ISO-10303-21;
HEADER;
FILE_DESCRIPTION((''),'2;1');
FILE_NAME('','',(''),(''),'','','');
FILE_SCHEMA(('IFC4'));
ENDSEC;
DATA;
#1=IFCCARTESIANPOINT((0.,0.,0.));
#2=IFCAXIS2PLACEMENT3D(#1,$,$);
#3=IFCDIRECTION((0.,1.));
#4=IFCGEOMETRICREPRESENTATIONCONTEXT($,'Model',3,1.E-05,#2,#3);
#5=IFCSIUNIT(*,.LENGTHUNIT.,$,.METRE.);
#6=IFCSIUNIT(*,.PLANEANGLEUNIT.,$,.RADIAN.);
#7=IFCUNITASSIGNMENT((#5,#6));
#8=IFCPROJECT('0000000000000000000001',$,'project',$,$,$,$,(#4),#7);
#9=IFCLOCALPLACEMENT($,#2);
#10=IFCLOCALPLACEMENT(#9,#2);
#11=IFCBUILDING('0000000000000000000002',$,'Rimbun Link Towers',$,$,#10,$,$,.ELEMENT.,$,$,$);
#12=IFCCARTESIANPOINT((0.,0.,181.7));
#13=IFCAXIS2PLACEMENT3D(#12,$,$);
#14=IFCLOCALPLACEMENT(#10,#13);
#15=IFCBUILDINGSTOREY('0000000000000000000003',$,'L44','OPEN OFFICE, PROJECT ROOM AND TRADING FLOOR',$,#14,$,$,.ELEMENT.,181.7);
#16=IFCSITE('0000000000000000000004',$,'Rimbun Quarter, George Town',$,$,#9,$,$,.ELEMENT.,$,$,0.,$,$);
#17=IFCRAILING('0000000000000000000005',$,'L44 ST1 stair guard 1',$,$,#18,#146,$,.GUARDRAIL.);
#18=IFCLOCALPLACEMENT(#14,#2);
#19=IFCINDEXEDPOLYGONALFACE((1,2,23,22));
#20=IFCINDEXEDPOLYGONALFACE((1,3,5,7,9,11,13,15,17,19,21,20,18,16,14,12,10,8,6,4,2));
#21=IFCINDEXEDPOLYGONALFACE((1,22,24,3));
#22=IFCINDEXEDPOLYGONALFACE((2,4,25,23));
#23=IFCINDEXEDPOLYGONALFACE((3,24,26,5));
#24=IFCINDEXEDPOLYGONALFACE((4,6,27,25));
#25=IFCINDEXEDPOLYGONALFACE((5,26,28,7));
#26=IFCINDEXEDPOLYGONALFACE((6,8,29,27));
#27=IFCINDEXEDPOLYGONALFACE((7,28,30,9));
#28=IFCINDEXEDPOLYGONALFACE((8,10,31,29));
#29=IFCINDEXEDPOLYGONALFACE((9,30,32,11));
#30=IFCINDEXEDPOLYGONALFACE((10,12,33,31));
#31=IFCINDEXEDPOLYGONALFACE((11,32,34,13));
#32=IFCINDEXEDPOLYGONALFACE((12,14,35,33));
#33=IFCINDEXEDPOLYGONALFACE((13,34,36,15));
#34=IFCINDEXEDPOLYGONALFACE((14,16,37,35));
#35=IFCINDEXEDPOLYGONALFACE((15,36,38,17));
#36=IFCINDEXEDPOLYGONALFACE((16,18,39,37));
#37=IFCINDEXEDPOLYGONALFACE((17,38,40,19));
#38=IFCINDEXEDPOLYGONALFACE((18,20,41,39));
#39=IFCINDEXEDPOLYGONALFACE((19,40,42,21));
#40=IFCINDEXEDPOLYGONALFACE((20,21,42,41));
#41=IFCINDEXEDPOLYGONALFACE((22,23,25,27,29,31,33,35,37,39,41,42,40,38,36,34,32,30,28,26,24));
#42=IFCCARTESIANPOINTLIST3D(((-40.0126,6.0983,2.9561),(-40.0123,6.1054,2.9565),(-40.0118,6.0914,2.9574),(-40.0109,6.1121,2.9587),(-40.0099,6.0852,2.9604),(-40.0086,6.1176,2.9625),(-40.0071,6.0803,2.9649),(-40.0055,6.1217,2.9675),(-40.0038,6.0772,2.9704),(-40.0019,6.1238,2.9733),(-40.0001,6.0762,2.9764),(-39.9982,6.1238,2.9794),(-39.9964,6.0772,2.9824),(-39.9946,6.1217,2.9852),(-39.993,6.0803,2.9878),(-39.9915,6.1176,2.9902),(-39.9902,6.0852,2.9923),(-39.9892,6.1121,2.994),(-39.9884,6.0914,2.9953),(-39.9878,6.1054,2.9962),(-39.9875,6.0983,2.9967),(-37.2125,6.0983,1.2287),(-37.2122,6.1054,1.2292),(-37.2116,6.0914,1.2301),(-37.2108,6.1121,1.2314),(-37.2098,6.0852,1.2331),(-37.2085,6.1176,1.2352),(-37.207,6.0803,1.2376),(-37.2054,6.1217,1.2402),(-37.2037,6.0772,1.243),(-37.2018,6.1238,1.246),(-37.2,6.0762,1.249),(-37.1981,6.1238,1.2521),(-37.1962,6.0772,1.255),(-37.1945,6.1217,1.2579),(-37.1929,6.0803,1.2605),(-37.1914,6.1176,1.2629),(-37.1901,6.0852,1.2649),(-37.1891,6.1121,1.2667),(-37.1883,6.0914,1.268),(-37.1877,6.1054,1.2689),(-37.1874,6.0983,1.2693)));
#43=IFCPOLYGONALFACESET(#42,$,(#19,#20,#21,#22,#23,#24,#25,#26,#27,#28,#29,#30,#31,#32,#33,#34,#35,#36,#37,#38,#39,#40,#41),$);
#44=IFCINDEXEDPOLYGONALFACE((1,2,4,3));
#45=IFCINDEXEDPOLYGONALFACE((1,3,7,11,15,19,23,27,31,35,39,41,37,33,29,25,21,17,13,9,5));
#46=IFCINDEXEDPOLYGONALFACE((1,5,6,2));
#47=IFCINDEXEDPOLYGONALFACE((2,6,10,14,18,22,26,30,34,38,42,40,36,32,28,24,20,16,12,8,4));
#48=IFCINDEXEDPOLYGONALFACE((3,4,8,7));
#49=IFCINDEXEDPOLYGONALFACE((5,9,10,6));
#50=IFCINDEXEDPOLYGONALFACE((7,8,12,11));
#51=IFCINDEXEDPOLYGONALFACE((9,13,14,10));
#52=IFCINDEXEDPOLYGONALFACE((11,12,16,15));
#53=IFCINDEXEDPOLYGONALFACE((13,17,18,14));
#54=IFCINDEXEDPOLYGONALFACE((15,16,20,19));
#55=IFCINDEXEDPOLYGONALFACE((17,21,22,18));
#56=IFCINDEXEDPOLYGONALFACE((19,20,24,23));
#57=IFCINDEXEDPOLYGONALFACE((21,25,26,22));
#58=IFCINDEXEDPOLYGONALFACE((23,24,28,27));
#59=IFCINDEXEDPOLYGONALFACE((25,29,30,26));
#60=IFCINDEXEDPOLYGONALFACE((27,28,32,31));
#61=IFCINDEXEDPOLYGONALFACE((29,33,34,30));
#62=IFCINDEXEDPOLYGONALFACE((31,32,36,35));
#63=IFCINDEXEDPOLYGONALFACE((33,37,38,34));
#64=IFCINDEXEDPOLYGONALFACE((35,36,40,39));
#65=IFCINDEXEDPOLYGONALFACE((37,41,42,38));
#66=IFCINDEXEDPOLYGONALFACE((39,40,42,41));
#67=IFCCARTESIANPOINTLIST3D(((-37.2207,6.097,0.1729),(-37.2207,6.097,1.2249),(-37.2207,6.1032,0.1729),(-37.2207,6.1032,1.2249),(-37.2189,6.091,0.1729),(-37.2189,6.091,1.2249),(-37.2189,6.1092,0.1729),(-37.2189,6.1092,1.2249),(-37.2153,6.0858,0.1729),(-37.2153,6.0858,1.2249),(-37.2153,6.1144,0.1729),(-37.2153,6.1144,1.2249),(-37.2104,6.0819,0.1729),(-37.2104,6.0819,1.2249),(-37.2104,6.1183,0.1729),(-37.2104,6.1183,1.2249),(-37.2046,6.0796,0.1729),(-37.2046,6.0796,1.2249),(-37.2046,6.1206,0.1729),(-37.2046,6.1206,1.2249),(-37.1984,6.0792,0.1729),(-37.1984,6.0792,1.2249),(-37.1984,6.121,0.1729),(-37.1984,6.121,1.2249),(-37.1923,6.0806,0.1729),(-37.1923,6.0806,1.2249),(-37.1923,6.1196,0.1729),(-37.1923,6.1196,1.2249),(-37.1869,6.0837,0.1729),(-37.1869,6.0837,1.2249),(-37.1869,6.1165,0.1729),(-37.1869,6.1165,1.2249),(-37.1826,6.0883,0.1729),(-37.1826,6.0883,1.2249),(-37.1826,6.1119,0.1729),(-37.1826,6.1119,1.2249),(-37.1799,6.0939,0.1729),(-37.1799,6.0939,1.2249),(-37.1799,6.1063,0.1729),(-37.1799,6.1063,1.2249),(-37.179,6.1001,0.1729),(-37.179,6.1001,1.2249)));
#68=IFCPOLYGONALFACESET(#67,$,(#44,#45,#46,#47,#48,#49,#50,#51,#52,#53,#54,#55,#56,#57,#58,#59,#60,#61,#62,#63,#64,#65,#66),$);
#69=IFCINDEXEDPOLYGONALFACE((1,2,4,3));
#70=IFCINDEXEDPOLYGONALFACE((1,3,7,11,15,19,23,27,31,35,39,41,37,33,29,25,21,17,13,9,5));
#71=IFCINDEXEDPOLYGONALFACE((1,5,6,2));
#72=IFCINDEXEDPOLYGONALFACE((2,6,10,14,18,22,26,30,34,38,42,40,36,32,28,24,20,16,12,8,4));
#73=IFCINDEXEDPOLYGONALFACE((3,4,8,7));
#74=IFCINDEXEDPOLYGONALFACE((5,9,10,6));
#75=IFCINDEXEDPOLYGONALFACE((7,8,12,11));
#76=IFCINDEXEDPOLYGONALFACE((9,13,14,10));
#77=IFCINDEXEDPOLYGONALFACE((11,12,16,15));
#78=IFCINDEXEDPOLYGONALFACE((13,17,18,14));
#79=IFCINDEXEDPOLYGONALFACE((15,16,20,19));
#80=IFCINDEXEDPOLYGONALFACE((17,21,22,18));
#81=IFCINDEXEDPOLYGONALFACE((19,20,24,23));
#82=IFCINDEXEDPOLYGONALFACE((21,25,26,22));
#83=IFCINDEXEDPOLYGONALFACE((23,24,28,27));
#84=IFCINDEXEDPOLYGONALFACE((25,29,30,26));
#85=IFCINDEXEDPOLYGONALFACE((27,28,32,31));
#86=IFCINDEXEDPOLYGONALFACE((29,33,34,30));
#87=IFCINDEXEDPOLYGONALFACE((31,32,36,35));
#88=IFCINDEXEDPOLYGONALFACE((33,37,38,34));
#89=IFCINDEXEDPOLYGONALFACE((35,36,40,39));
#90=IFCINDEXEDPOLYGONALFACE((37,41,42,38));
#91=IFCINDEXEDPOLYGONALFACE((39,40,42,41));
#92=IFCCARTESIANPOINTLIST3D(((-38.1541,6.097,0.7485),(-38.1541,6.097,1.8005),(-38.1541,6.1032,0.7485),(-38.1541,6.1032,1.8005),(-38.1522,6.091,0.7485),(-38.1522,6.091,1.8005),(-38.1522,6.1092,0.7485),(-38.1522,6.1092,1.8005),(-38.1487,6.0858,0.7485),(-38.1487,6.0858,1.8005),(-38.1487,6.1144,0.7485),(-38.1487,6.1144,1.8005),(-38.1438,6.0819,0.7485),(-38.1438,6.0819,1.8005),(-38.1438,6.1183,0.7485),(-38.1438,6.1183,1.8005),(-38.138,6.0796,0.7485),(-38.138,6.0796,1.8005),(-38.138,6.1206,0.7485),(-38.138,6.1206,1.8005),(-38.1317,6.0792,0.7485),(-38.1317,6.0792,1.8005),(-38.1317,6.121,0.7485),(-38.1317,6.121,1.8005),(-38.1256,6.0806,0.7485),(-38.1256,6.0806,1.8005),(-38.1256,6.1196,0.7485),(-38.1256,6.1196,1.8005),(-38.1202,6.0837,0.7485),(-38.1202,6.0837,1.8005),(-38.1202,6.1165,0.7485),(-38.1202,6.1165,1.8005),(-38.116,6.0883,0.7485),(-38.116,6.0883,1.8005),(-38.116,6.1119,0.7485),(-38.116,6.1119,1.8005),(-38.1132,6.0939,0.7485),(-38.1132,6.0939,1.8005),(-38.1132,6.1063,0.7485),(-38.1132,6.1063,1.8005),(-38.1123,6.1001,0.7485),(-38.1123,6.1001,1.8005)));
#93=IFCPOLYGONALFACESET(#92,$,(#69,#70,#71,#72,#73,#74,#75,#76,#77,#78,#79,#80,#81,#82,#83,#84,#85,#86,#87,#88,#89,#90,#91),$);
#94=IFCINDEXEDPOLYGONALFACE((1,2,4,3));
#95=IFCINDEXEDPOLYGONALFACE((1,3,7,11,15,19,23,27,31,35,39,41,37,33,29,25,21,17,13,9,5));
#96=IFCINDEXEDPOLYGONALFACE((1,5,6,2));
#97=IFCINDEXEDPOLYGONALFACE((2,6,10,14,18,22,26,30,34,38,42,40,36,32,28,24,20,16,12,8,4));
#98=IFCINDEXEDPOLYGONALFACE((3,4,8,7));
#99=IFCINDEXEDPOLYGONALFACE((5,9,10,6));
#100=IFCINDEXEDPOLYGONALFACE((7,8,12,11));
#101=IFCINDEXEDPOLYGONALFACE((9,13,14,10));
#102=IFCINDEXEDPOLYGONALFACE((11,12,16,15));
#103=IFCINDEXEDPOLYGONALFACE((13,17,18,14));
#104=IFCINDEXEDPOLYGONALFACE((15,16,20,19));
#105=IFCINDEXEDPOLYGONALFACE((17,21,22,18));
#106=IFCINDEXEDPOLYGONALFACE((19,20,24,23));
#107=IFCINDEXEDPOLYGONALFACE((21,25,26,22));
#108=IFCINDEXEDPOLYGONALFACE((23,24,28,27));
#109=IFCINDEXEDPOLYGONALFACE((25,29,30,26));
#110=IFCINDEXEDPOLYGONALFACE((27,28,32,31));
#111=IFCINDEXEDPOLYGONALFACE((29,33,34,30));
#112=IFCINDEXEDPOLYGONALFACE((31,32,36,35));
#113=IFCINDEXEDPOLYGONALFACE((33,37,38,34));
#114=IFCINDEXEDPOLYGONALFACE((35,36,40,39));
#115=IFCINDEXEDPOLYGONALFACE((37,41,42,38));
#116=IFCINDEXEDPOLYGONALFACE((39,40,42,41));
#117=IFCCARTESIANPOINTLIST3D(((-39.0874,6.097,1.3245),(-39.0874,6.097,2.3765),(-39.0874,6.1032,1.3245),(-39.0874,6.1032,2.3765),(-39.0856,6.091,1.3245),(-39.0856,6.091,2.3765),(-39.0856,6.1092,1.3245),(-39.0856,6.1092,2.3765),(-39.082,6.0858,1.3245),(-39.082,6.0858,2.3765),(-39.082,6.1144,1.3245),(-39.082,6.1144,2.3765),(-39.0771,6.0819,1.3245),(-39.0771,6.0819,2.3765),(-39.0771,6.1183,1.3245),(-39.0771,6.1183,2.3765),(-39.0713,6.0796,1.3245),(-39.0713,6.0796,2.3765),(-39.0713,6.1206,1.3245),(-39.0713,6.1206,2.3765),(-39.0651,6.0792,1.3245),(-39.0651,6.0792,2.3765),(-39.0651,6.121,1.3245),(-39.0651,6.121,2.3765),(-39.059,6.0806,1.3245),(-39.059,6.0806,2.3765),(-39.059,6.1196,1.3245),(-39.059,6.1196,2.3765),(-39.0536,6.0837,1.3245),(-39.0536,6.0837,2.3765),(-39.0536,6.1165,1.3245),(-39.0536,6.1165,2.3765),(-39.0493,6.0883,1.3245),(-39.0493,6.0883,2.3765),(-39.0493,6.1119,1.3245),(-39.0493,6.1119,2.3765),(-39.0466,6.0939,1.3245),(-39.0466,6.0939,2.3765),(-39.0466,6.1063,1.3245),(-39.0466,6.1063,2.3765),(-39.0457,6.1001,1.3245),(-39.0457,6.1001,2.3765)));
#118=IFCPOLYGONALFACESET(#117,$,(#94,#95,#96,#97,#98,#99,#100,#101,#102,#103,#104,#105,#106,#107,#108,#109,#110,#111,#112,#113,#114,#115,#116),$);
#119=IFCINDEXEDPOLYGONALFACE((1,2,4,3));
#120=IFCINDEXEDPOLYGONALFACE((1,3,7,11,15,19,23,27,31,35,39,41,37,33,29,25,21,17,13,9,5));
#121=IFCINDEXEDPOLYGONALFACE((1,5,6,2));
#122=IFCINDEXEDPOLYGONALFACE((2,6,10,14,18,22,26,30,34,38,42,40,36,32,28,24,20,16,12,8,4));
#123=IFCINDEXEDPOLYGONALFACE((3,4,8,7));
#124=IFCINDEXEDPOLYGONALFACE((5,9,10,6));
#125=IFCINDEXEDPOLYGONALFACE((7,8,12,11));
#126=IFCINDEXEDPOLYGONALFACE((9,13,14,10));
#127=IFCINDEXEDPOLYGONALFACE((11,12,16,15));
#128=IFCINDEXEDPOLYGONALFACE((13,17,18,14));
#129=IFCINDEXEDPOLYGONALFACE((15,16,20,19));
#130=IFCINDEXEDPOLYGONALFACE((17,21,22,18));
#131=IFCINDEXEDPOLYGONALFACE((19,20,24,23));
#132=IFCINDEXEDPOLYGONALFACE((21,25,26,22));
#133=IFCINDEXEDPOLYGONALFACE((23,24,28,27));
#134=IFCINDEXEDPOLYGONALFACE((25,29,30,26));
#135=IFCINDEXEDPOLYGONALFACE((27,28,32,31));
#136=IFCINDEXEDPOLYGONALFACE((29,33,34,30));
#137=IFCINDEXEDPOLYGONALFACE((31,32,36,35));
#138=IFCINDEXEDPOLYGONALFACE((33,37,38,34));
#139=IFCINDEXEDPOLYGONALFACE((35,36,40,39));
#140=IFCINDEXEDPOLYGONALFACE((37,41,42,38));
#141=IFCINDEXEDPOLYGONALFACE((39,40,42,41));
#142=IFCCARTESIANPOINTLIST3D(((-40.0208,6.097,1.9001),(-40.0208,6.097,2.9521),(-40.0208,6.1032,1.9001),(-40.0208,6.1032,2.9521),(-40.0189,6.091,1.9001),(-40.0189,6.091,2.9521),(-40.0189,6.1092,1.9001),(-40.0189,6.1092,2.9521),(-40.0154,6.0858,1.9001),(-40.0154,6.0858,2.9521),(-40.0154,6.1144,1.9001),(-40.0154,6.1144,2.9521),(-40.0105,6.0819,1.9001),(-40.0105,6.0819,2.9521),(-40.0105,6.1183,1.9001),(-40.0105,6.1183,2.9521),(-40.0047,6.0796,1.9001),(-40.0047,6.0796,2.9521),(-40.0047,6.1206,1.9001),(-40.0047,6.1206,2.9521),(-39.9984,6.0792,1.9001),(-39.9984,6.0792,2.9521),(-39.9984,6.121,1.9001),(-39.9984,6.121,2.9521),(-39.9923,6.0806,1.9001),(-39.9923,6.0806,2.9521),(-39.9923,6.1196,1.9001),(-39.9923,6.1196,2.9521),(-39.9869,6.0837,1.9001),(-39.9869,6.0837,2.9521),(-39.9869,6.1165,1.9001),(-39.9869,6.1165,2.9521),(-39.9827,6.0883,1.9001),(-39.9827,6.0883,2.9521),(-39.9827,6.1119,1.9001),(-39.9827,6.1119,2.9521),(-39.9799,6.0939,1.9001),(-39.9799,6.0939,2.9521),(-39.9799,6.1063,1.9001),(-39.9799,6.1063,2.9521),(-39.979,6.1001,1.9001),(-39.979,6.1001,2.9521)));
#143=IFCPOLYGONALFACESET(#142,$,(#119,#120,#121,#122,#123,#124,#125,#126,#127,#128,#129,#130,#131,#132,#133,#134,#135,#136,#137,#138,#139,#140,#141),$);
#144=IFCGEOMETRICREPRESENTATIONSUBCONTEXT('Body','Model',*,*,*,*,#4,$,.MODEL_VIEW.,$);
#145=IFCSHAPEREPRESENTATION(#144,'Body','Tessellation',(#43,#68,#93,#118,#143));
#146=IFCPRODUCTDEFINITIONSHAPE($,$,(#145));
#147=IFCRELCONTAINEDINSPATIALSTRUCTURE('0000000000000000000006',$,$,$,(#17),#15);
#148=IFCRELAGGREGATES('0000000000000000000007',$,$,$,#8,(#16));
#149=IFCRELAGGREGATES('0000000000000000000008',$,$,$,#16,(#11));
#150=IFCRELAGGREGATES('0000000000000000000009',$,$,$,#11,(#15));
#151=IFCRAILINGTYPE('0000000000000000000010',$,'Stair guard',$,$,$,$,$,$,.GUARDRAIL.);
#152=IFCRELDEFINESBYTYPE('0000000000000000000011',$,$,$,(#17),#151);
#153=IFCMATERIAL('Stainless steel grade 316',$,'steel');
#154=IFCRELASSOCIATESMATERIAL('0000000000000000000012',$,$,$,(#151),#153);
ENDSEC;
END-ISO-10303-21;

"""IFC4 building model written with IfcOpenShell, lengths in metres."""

from ifc_helpers import new_model, si_unit, direction, frame, origin, origin_2d, place, context, subcontext, project, spatial, circle, extrude, material, type_object, element, save


model = new_model("IFC4")

# Units and contexts
model_context = context("Model", 3, precision=1e-05, world=origin(), true_north=direction((0.0, 1.0)))
body_context = subcontext(model_context, "Body", "Model", "MODEL_VIEW")
ifc_project = project(units=[si_unit("LENGTHUNIT", "METRE"), si_unit("PLANEANGLEUNIT", "RADIAN")], contexts=[model_context])

# Site, building, storey
site_placement = place(None, origin())
site = spatial("IfcSite", under=ifc_project, at=site_placement, Name="Rimbun Quarter, George Town", CompositionType="ELEMENT", RefElevation=0.0)
building_placement = place(site_placement, origin())
building = spatial("IfcBuilding", under=site, at=building_placement, Name="Rimbun Link Towers", CompositionType="ELEMENT")
storey_placement = place(building_placement, frame((0.0, 0.0, 181.7)))
storey = spatial("IfcBuildingStorey", under=building, at=storey_placement, Name="L44", Description="OPEN OFFICE, PROJECT ROOM AND TRADING FLOOR", CompositionType="ELEMENT", Elevation=181.7)

# Railing
ifc_material_1 = material(Name="Stainless steel grade 316", Category="steel")
railing_type_1 = type_object("IfcRailingType", Name="Stair guard", PredefinedType="GUARDRAIL", material=ifc_material_1)
railing_1_placement = place(storey_placement, frame((-37.2, 6.1001, 0.1729)))
element("IfcRailing", 1, at=railing_1_placement, inside=storey, type_object=railing_type_1, Name="L44 ST1 stair guard 1", PredefinedType="GUARDRAIL", context=body_context, shape_type="SweptSolid", body=[
    extrude(circle(Radius=0.0239, at=origin_2d()), frame((0.0, 0.0, 1.0762), z_axis=(-0.85109, 0.0, 0.52502), x_axis=(0.0, -1.0, 0.0)), (0.0, 0.0, 1.0), 3.29),
    extrude(circle(Radius=0.021, at=origin_2d()), origin(), (0.0, 0.0, 1.0), 1.052),
    extrude(circle(Radius=0.021, at=origin_2d()), frame((-0.9333, 0.0, 0.5757)), (0.0, 0.0, 1.0), 1.052),
    extrude(circle(Radius=0.021, at=origin_2d()), frame((-1.8667, 0.0, 1.1516)), (0.0, 0.0, 1.0), 1.052),
    extrude(circle(Radius=0.021, at=origin_2d()), frame((-2.8, 0.0, 1.7273)), (0.0, 0.0, 1.0), 1.052),
])

save(model, "model.ifc")
